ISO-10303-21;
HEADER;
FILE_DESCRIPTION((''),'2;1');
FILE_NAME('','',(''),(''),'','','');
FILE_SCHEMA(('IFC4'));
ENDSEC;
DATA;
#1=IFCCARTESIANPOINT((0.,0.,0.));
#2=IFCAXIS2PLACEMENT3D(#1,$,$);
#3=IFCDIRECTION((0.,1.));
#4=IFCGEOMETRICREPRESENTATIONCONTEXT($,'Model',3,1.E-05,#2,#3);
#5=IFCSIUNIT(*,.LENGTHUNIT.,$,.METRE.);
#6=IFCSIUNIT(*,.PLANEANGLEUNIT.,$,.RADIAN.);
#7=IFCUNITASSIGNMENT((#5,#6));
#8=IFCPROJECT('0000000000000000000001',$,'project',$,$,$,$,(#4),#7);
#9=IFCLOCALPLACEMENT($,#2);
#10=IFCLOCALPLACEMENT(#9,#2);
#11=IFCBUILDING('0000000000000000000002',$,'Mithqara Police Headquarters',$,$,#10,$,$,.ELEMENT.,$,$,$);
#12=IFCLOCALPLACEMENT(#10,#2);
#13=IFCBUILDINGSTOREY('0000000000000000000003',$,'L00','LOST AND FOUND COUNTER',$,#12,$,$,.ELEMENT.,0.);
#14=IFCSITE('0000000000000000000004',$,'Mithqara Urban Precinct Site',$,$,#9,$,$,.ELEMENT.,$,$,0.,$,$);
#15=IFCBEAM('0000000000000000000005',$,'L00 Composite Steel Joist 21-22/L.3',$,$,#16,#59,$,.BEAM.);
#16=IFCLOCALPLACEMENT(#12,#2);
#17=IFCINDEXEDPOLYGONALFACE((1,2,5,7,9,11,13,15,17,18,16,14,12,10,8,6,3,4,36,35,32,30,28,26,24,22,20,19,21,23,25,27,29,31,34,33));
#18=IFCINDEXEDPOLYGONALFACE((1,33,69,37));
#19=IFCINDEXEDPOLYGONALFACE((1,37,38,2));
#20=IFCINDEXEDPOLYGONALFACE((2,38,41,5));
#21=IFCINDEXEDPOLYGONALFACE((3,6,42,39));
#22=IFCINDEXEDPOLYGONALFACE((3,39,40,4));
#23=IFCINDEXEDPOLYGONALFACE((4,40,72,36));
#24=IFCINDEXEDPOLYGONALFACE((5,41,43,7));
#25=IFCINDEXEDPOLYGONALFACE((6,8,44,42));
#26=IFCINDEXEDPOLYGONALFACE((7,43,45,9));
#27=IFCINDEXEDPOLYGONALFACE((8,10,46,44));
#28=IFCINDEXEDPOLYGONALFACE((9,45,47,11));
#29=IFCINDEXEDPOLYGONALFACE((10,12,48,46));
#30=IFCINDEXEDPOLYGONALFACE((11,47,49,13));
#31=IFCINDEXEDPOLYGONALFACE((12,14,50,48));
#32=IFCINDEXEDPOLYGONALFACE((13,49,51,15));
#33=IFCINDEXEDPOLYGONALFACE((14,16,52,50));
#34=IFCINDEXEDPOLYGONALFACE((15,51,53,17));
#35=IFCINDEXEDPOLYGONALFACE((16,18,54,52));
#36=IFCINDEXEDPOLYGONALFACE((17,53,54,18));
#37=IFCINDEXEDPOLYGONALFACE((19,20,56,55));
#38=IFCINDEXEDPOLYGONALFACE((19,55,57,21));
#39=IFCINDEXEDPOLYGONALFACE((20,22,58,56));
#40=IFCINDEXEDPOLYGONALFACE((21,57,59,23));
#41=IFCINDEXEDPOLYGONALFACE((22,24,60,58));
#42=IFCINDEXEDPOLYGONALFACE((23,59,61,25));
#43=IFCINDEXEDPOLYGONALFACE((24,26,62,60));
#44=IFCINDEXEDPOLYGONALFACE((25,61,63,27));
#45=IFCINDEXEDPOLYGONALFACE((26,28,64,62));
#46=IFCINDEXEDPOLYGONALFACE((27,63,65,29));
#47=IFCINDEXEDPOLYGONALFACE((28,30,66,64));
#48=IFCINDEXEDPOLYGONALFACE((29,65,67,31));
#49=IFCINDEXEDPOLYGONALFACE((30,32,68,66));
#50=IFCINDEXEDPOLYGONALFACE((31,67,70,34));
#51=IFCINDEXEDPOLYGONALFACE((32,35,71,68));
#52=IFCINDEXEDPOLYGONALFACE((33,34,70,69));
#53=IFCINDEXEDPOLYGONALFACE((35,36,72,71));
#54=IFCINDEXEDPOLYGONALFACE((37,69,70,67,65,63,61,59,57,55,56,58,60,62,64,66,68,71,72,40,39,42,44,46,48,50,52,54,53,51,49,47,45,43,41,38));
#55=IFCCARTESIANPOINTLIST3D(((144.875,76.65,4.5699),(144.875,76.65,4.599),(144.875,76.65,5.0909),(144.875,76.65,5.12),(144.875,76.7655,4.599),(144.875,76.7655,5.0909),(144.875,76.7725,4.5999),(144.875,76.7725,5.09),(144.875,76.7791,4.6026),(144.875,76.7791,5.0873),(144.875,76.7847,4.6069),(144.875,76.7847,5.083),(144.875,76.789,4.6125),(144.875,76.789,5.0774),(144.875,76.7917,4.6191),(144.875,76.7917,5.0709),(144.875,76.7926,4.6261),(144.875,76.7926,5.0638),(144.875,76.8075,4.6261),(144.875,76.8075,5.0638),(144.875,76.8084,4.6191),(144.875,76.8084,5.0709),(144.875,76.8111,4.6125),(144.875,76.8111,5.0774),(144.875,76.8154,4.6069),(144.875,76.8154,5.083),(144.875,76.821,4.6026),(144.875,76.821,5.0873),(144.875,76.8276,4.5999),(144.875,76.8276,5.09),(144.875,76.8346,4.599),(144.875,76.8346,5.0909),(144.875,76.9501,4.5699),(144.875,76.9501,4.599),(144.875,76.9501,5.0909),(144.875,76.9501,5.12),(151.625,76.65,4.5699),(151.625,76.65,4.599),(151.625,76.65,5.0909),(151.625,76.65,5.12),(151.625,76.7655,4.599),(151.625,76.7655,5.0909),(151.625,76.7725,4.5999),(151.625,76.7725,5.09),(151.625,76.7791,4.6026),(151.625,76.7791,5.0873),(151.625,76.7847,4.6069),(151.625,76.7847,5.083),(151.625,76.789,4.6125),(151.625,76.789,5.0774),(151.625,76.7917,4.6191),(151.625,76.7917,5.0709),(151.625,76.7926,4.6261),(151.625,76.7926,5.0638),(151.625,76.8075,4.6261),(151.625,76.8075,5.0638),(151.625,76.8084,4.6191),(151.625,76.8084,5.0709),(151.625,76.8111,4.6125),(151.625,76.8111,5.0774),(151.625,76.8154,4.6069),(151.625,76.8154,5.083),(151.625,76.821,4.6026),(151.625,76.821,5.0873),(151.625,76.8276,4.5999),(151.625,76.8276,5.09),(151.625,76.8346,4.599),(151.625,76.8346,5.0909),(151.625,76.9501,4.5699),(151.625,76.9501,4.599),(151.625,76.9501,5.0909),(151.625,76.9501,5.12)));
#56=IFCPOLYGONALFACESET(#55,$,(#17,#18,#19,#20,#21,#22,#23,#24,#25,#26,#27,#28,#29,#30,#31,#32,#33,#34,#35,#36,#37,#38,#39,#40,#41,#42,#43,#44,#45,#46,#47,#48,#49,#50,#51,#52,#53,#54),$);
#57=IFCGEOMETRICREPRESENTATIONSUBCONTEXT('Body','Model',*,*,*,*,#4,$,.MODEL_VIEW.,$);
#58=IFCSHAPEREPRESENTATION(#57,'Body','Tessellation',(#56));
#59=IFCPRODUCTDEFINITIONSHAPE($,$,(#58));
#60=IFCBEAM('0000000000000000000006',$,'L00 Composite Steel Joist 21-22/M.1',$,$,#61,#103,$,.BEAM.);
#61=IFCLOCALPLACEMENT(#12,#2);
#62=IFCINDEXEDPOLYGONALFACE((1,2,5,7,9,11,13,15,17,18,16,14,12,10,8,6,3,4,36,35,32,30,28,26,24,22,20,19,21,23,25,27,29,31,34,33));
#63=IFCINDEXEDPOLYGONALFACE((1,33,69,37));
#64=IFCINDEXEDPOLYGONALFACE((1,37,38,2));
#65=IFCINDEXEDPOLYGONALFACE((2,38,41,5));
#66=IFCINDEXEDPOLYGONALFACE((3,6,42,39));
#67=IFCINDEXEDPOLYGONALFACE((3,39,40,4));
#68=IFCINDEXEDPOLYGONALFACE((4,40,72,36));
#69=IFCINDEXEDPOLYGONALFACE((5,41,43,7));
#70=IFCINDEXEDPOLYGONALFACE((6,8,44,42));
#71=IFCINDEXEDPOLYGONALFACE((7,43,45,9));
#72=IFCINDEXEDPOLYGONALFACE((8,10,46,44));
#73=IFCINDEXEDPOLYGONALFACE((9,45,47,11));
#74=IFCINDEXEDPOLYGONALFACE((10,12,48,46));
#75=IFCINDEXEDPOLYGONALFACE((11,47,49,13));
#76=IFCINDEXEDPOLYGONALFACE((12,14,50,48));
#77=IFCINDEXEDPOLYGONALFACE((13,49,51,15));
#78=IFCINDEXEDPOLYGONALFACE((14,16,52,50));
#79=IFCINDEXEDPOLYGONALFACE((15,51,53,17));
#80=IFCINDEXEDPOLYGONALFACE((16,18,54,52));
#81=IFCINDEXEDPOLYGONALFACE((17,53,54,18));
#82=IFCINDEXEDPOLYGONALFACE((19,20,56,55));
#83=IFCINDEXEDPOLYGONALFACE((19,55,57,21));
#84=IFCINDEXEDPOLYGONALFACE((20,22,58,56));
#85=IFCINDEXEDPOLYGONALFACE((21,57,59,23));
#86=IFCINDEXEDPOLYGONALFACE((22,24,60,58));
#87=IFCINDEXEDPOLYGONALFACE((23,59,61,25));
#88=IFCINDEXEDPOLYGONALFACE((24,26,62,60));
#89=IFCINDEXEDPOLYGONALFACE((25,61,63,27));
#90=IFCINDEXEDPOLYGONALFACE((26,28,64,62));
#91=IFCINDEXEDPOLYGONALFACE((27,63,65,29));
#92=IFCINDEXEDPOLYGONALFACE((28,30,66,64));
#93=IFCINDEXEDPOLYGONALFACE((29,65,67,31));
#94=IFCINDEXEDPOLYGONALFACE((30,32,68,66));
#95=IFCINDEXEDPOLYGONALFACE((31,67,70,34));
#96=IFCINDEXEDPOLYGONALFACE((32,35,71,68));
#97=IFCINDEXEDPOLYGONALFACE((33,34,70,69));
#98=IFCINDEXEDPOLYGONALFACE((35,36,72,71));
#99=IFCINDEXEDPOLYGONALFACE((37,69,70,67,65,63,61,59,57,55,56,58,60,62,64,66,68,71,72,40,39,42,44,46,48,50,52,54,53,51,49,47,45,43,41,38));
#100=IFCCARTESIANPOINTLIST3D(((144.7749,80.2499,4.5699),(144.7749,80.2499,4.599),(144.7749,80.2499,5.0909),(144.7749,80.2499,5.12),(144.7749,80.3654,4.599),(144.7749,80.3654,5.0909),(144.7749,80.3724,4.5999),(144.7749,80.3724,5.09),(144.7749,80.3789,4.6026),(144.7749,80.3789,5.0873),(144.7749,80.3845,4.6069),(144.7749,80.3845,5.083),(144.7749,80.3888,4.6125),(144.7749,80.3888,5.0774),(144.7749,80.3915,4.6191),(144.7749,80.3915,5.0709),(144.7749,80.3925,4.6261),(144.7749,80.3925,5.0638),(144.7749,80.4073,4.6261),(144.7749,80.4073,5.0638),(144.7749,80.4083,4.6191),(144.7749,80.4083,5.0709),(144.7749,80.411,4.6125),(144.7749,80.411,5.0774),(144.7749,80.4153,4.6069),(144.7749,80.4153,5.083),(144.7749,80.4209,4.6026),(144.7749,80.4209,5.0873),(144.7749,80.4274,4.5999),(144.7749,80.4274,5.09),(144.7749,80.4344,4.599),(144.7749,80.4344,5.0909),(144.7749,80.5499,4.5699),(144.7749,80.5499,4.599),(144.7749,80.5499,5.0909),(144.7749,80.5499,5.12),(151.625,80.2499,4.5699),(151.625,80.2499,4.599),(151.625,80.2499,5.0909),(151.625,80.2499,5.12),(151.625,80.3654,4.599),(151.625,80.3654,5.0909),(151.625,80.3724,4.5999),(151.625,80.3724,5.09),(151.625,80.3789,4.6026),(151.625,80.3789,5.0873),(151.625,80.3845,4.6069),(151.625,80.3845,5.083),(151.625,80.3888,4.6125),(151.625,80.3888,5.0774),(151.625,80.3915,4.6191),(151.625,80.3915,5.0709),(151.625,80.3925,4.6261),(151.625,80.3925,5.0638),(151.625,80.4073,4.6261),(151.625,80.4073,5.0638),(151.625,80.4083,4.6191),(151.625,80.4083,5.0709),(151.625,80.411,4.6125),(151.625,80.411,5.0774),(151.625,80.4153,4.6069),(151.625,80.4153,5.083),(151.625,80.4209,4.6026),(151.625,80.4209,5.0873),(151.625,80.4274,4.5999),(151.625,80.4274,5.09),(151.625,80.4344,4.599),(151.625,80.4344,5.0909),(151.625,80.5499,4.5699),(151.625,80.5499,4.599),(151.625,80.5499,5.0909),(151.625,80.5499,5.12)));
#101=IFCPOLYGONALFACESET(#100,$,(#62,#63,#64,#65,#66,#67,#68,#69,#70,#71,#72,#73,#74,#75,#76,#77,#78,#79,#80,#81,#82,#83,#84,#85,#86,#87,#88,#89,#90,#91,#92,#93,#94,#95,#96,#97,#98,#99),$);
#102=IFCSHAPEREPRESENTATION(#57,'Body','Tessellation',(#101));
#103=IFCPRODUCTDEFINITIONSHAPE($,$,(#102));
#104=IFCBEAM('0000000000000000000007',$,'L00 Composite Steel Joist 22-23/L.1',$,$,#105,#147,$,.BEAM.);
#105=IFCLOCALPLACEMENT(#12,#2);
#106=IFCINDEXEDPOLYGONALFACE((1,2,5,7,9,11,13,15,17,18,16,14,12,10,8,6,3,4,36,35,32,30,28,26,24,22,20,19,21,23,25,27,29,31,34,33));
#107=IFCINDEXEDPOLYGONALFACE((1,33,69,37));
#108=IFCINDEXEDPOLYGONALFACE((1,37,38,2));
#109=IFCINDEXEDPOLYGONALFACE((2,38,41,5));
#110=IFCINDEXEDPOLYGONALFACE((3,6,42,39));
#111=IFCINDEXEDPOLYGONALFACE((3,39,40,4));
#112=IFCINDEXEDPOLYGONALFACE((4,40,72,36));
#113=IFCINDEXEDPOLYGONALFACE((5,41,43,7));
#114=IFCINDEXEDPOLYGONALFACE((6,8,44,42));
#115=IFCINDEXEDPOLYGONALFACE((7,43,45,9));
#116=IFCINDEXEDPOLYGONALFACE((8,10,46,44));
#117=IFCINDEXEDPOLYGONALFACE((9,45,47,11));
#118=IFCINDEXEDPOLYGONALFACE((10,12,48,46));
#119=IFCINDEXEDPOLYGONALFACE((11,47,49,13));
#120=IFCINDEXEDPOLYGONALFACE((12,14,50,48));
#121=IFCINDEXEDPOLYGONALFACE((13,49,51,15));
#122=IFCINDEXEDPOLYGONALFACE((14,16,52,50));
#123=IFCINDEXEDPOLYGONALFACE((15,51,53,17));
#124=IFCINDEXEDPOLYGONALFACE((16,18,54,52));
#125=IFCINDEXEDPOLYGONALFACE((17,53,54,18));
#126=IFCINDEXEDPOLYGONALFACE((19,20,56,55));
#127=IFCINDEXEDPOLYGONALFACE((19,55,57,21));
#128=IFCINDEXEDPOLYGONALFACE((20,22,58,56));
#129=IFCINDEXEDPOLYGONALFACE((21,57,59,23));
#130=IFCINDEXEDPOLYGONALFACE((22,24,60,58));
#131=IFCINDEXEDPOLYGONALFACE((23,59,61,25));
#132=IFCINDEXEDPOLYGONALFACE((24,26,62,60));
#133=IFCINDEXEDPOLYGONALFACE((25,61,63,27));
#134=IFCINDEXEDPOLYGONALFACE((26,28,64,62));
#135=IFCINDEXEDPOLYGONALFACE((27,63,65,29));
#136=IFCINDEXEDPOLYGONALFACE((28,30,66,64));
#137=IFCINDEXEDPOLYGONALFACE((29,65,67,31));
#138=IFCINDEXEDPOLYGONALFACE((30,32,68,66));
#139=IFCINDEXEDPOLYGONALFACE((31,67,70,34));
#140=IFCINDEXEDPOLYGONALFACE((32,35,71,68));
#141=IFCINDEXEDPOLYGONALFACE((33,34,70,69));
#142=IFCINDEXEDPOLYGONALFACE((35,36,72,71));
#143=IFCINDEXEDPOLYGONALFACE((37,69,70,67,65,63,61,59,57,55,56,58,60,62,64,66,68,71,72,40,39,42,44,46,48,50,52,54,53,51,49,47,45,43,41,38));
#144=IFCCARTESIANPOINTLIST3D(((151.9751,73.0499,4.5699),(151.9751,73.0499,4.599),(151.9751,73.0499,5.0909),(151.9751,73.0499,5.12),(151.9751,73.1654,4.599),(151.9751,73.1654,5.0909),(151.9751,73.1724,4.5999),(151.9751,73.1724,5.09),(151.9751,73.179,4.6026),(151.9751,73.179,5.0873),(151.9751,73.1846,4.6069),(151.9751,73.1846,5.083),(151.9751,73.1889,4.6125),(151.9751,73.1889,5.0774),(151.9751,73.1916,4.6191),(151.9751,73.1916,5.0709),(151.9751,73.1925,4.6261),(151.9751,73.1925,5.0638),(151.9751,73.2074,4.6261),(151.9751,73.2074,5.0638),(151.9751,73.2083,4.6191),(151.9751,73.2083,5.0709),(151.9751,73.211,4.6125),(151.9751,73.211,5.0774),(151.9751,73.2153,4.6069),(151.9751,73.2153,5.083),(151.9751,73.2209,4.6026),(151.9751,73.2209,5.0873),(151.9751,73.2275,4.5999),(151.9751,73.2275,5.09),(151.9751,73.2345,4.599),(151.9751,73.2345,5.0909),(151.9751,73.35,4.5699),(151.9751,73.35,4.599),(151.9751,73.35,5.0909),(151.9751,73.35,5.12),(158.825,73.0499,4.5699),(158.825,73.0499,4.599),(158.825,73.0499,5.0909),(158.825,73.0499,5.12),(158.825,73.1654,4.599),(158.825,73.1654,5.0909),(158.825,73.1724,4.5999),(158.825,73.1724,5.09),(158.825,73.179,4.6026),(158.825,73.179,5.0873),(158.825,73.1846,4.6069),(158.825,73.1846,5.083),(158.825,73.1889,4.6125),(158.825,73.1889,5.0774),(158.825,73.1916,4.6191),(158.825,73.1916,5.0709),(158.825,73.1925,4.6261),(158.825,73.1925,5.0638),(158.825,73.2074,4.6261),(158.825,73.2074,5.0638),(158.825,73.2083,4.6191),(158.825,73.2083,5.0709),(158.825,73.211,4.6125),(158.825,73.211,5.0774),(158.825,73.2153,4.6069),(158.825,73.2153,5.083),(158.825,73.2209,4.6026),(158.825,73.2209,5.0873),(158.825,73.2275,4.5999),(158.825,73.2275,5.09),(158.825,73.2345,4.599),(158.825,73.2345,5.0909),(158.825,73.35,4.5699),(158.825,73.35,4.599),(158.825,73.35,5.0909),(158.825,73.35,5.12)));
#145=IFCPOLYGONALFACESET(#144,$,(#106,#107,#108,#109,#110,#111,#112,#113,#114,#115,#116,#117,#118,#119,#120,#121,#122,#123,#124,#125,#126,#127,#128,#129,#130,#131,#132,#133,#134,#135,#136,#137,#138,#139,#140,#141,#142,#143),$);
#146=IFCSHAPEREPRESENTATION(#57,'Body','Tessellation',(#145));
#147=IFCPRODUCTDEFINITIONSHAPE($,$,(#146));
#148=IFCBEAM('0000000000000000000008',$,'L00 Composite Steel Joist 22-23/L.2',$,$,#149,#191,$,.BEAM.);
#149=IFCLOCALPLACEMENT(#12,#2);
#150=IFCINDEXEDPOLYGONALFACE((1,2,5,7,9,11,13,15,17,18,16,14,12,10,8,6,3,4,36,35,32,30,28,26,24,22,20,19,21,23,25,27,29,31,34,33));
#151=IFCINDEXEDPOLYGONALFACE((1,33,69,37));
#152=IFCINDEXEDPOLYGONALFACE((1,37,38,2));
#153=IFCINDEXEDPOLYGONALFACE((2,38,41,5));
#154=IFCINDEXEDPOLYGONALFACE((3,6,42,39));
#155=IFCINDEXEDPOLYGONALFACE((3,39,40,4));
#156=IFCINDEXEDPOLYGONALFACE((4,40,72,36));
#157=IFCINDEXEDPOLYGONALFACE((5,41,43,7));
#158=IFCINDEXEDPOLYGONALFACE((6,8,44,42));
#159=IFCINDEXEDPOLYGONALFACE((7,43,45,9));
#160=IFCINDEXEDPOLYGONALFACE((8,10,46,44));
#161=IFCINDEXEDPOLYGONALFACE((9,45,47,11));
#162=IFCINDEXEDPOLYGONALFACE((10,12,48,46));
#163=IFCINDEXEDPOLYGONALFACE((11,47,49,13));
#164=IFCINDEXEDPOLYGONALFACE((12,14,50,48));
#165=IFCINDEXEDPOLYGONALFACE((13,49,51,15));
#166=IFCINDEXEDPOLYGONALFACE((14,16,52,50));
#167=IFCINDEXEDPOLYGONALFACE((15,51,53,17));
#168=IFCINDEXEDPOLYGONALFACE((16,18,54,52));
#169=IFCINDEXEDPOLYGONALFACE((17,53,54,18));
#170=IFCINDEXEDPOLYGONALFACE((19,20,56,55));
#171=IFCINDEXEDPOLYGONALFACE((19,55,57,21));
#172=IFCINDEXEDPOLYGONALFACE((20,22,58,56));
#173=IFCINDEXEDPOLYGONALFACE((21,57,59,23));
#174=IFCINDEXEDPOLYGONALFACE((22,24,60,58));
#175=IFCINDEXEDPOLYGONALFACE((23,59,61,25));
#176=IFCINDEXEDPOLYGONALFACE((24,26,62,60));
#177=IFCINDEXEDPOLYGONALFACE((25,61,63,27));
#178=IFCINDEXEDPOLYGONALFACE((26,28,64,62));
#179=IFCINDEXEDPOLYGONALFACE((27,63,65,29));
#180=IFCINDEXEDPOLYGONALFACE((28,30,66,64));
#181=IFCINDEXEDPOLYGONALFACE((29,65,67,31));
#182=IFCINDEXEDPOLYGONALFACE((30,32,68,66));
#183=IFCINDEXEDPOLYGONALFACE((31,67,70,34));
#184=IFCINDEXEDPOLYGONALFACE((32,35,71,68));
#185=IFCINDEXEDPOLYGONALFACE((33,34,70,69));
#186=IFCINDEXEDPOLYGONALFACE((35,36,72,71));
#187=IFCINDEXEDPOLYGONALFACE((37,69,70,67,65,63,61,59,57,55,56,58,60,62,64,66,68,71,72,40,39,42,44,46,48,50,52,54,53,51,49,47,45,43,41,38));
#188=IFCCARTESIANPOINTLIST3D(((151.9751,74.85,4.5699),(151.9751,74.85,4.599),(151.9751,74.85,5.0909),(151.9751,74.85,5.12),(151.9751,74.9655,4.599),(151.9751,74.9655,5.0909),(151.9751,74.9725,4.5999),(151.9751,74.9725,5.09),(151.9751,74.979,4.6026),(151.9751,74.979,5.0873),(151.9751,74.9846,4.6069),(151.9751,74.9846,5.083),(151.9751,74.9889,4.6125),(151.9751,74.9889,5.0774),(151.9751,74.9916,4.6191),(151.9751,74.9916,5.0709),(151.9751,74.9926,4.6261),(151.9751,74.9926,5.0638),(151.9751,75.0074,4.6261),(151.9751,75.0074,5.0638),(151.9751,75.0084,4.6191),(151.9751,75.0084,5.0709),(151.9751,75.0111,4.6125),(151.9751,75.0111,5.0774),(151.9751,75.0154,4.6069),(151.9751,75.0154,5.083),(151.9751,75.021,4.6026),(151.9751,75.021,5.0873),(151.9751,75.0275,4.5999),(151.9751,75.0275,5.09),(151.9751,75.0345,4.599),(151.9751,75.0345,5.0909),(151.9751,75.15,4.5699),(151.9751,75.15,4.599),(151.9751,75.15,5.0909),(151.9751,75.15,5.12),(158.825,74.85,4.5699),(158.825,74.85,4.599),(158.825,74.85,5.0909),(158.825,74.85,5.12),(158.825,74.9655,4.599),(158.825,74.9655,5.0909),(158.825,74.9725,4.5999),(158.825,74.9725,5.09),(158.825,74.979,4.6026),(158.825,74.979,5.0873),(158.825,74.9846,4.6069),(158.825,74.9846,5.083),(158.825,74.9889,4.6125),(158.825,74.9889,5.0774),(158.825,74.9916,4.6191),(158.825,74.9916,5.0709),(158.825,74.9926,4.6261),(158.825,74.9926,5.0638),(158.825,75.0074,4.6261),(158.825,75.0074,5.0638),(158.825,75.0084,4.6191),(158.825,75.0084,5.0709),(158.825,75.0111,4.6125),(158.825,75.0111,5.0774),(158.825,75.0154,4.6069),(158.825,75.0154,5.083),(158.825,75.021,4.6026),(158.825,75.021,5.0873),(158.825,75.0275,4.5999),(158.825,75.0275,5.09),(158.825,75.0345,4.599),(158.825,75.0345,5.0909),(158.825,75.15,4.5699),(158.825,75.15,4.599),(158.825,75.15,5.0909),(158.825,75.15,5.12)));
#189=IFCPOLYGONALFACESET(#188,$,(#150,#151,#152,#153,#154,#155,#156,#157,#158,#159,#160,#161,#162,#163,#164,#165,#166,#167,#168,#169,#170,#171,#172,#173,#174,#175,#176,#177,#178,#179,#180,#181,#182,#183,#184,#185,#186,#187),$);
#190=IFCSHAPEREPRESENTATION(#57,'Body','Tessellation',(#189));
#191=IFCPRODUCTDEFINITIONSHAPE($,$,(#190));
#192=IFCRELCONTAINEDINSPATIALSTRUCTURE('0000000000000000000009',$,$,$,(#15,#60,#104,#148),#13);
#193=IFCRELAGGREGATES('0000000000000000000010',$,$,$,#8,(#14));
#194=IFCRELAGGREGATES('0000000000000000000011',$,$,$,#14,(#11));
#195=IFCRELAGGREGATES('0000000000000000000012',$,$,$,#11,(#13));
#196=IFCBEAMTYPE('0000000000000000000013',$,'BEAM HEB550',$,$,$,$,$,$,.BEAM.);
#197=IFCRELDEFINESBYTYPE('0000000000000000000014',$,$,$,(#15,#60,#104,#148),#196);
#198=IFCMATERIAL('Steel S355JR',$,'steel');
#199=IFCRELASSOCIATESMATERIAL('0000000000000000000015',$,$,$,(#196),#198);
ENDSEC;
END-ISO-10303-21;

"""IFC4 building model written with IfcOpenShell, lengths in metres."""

from ifc_helpers import new_model, si_unit, direction, frame, origin, origin_2d, place, context, subcontext, project, spatial, i_section, extrude, material, material_profile, profile_set, type_object, element, save


model = new_model("IFC4")

# Units and contexts
model_context = context("Model", 3, precision=1e-05, world=origin(), true_north=direction((0.0, 1.0)))
body_context = subcontext(model_context, "Body", "Model", "MODEL_VIEW")
ifc_project = project(units=[si_unit("LENGTHUNIT", "METRE"), si_unit("PLANEANGLEUNIT", "RADIAN")], contexts=[model_context])

# Site, building, storey
site_placement = place(None, origin())
site = spatial("IfcSite", under=ifc_project, at=site_placement, Name="Mithqara Urban Precinct Site", CompositionType="ELEMENT", RefElevation=0.0)
building_placement = place(site_placement, origin())
building = spatial("IfcBuilding", under=site, at=building_placement, Name="Mithqara Police Headquarters", CompositionType="ELEMENT")
storey_placement = place(building_placement, origin())
storey = spatial("IfcBuildingStorey", under=building, at=storey_placement, Name="L00", Description="LOST AND FOUND COUNTER", CompositionType="ELEMENT", Elevation=0.0)

# Beams
ifc_material_1 = material(Name="Steel S355JR", Category="steel")
ifc_material_profile_1 = material_profile(ifc_material_1, i_section(OverallWidth=0.3, OverallDepth=0.55, WebThickness=0.0149, FlangeThickness=0.0291, FilletRadius=0.0271, at=origin_2d()), Name="HEB 550")
ifc_profile_set_1 = profile_set([ifc_material_profile_1], Name="Steel S355JR")
beam_type_1 = type_object("IfcBeamType", Name="BEAM HEB550", PredefinedType="BEAM", material=ifc_profile_set_1)
for number, where, z_axis, x_axis, name in (
    (1, (144.875, 76.8, 4.845), (1.0, 0.0, 0.0), (0.0, 1.0, 0.0), "L00 Composite Steel Joist 21-22/L.3"),
):
    element("IfcBeam", number, at=place(storey_placement, frame(where, z_axis=z_axis, x_axis=x_axis)), inside=storey, type_object=beam_type_1, Name=name, PredefinedType="BEAM", context=body_context, shape_type="SweptSolid", body=[
        extrude(i_section(OverallWidth=0.3, OverallDepth=0.55, WebThickness=0.0149, FlangeThickness=0.0291, FilletRadius=0.0271, at=origin_2d()), origin(), (0.0, 0.0, 1.0), 6.75),
    ])
beam_1_placement = place(storey_placement, frame((144.7749, 80.3999, 4.845), z_axis=(1.0, 0.0, 0.0), x_axis=(0.0, 1.0, 0.0)))
element("IfcBeam", 2, at=beam_1_placement, inside=storey, type_object=beam_type_1, Name="L00 Composite Steel Joist 21-22/M.1", PredefinedType="BEAM", context=body_context, shape_type="SweptSolid", body=[
    extrude(i_section(OverallWidth=0.3, OverallDepth=0.55, WebThickness=0.0149, FlangeThickness=0.0291, FilletRadius=0.0271, at=origin_2d()), origin(), (0.0, 0.0, 1.0), 6.8501),
])
for number, where, z_axis, x_axis, name in (
    (3, (151.9751, 73.2, 4.845), (1.0, 0.0, 0.0), (0.0, 1.0, 0.0), "L00 Composite Steel Joist 22-23/L.1"),
    (4, (151.9751, 75.0, 4.845), (1.0, 0.0, 0.0), (0.0, 1.0, 0.0), "L00 Composite Steel Joist 22-23/L.2"),
):
    element("IfcBeam", number, at=place(storey_placement, frame(where, z_axis=z_axis, x_axis=x_axis)), inside=storey, type_object=beam_type_1, Name=name, PredefinedType="BEAM", context=body_context, shape_type="SweptSolid", body=[
        extrude(i_section(OverallWidth=0.3, OverallDepth=0.55, WebThickness=0.0149, FlangeThickness=0.0291, FilletRadius=0.0271, at=origin_2d()), origin(), (0.0, 0.0, 1.0), 6.8499),
    ])

save(model, "model.ifc")
